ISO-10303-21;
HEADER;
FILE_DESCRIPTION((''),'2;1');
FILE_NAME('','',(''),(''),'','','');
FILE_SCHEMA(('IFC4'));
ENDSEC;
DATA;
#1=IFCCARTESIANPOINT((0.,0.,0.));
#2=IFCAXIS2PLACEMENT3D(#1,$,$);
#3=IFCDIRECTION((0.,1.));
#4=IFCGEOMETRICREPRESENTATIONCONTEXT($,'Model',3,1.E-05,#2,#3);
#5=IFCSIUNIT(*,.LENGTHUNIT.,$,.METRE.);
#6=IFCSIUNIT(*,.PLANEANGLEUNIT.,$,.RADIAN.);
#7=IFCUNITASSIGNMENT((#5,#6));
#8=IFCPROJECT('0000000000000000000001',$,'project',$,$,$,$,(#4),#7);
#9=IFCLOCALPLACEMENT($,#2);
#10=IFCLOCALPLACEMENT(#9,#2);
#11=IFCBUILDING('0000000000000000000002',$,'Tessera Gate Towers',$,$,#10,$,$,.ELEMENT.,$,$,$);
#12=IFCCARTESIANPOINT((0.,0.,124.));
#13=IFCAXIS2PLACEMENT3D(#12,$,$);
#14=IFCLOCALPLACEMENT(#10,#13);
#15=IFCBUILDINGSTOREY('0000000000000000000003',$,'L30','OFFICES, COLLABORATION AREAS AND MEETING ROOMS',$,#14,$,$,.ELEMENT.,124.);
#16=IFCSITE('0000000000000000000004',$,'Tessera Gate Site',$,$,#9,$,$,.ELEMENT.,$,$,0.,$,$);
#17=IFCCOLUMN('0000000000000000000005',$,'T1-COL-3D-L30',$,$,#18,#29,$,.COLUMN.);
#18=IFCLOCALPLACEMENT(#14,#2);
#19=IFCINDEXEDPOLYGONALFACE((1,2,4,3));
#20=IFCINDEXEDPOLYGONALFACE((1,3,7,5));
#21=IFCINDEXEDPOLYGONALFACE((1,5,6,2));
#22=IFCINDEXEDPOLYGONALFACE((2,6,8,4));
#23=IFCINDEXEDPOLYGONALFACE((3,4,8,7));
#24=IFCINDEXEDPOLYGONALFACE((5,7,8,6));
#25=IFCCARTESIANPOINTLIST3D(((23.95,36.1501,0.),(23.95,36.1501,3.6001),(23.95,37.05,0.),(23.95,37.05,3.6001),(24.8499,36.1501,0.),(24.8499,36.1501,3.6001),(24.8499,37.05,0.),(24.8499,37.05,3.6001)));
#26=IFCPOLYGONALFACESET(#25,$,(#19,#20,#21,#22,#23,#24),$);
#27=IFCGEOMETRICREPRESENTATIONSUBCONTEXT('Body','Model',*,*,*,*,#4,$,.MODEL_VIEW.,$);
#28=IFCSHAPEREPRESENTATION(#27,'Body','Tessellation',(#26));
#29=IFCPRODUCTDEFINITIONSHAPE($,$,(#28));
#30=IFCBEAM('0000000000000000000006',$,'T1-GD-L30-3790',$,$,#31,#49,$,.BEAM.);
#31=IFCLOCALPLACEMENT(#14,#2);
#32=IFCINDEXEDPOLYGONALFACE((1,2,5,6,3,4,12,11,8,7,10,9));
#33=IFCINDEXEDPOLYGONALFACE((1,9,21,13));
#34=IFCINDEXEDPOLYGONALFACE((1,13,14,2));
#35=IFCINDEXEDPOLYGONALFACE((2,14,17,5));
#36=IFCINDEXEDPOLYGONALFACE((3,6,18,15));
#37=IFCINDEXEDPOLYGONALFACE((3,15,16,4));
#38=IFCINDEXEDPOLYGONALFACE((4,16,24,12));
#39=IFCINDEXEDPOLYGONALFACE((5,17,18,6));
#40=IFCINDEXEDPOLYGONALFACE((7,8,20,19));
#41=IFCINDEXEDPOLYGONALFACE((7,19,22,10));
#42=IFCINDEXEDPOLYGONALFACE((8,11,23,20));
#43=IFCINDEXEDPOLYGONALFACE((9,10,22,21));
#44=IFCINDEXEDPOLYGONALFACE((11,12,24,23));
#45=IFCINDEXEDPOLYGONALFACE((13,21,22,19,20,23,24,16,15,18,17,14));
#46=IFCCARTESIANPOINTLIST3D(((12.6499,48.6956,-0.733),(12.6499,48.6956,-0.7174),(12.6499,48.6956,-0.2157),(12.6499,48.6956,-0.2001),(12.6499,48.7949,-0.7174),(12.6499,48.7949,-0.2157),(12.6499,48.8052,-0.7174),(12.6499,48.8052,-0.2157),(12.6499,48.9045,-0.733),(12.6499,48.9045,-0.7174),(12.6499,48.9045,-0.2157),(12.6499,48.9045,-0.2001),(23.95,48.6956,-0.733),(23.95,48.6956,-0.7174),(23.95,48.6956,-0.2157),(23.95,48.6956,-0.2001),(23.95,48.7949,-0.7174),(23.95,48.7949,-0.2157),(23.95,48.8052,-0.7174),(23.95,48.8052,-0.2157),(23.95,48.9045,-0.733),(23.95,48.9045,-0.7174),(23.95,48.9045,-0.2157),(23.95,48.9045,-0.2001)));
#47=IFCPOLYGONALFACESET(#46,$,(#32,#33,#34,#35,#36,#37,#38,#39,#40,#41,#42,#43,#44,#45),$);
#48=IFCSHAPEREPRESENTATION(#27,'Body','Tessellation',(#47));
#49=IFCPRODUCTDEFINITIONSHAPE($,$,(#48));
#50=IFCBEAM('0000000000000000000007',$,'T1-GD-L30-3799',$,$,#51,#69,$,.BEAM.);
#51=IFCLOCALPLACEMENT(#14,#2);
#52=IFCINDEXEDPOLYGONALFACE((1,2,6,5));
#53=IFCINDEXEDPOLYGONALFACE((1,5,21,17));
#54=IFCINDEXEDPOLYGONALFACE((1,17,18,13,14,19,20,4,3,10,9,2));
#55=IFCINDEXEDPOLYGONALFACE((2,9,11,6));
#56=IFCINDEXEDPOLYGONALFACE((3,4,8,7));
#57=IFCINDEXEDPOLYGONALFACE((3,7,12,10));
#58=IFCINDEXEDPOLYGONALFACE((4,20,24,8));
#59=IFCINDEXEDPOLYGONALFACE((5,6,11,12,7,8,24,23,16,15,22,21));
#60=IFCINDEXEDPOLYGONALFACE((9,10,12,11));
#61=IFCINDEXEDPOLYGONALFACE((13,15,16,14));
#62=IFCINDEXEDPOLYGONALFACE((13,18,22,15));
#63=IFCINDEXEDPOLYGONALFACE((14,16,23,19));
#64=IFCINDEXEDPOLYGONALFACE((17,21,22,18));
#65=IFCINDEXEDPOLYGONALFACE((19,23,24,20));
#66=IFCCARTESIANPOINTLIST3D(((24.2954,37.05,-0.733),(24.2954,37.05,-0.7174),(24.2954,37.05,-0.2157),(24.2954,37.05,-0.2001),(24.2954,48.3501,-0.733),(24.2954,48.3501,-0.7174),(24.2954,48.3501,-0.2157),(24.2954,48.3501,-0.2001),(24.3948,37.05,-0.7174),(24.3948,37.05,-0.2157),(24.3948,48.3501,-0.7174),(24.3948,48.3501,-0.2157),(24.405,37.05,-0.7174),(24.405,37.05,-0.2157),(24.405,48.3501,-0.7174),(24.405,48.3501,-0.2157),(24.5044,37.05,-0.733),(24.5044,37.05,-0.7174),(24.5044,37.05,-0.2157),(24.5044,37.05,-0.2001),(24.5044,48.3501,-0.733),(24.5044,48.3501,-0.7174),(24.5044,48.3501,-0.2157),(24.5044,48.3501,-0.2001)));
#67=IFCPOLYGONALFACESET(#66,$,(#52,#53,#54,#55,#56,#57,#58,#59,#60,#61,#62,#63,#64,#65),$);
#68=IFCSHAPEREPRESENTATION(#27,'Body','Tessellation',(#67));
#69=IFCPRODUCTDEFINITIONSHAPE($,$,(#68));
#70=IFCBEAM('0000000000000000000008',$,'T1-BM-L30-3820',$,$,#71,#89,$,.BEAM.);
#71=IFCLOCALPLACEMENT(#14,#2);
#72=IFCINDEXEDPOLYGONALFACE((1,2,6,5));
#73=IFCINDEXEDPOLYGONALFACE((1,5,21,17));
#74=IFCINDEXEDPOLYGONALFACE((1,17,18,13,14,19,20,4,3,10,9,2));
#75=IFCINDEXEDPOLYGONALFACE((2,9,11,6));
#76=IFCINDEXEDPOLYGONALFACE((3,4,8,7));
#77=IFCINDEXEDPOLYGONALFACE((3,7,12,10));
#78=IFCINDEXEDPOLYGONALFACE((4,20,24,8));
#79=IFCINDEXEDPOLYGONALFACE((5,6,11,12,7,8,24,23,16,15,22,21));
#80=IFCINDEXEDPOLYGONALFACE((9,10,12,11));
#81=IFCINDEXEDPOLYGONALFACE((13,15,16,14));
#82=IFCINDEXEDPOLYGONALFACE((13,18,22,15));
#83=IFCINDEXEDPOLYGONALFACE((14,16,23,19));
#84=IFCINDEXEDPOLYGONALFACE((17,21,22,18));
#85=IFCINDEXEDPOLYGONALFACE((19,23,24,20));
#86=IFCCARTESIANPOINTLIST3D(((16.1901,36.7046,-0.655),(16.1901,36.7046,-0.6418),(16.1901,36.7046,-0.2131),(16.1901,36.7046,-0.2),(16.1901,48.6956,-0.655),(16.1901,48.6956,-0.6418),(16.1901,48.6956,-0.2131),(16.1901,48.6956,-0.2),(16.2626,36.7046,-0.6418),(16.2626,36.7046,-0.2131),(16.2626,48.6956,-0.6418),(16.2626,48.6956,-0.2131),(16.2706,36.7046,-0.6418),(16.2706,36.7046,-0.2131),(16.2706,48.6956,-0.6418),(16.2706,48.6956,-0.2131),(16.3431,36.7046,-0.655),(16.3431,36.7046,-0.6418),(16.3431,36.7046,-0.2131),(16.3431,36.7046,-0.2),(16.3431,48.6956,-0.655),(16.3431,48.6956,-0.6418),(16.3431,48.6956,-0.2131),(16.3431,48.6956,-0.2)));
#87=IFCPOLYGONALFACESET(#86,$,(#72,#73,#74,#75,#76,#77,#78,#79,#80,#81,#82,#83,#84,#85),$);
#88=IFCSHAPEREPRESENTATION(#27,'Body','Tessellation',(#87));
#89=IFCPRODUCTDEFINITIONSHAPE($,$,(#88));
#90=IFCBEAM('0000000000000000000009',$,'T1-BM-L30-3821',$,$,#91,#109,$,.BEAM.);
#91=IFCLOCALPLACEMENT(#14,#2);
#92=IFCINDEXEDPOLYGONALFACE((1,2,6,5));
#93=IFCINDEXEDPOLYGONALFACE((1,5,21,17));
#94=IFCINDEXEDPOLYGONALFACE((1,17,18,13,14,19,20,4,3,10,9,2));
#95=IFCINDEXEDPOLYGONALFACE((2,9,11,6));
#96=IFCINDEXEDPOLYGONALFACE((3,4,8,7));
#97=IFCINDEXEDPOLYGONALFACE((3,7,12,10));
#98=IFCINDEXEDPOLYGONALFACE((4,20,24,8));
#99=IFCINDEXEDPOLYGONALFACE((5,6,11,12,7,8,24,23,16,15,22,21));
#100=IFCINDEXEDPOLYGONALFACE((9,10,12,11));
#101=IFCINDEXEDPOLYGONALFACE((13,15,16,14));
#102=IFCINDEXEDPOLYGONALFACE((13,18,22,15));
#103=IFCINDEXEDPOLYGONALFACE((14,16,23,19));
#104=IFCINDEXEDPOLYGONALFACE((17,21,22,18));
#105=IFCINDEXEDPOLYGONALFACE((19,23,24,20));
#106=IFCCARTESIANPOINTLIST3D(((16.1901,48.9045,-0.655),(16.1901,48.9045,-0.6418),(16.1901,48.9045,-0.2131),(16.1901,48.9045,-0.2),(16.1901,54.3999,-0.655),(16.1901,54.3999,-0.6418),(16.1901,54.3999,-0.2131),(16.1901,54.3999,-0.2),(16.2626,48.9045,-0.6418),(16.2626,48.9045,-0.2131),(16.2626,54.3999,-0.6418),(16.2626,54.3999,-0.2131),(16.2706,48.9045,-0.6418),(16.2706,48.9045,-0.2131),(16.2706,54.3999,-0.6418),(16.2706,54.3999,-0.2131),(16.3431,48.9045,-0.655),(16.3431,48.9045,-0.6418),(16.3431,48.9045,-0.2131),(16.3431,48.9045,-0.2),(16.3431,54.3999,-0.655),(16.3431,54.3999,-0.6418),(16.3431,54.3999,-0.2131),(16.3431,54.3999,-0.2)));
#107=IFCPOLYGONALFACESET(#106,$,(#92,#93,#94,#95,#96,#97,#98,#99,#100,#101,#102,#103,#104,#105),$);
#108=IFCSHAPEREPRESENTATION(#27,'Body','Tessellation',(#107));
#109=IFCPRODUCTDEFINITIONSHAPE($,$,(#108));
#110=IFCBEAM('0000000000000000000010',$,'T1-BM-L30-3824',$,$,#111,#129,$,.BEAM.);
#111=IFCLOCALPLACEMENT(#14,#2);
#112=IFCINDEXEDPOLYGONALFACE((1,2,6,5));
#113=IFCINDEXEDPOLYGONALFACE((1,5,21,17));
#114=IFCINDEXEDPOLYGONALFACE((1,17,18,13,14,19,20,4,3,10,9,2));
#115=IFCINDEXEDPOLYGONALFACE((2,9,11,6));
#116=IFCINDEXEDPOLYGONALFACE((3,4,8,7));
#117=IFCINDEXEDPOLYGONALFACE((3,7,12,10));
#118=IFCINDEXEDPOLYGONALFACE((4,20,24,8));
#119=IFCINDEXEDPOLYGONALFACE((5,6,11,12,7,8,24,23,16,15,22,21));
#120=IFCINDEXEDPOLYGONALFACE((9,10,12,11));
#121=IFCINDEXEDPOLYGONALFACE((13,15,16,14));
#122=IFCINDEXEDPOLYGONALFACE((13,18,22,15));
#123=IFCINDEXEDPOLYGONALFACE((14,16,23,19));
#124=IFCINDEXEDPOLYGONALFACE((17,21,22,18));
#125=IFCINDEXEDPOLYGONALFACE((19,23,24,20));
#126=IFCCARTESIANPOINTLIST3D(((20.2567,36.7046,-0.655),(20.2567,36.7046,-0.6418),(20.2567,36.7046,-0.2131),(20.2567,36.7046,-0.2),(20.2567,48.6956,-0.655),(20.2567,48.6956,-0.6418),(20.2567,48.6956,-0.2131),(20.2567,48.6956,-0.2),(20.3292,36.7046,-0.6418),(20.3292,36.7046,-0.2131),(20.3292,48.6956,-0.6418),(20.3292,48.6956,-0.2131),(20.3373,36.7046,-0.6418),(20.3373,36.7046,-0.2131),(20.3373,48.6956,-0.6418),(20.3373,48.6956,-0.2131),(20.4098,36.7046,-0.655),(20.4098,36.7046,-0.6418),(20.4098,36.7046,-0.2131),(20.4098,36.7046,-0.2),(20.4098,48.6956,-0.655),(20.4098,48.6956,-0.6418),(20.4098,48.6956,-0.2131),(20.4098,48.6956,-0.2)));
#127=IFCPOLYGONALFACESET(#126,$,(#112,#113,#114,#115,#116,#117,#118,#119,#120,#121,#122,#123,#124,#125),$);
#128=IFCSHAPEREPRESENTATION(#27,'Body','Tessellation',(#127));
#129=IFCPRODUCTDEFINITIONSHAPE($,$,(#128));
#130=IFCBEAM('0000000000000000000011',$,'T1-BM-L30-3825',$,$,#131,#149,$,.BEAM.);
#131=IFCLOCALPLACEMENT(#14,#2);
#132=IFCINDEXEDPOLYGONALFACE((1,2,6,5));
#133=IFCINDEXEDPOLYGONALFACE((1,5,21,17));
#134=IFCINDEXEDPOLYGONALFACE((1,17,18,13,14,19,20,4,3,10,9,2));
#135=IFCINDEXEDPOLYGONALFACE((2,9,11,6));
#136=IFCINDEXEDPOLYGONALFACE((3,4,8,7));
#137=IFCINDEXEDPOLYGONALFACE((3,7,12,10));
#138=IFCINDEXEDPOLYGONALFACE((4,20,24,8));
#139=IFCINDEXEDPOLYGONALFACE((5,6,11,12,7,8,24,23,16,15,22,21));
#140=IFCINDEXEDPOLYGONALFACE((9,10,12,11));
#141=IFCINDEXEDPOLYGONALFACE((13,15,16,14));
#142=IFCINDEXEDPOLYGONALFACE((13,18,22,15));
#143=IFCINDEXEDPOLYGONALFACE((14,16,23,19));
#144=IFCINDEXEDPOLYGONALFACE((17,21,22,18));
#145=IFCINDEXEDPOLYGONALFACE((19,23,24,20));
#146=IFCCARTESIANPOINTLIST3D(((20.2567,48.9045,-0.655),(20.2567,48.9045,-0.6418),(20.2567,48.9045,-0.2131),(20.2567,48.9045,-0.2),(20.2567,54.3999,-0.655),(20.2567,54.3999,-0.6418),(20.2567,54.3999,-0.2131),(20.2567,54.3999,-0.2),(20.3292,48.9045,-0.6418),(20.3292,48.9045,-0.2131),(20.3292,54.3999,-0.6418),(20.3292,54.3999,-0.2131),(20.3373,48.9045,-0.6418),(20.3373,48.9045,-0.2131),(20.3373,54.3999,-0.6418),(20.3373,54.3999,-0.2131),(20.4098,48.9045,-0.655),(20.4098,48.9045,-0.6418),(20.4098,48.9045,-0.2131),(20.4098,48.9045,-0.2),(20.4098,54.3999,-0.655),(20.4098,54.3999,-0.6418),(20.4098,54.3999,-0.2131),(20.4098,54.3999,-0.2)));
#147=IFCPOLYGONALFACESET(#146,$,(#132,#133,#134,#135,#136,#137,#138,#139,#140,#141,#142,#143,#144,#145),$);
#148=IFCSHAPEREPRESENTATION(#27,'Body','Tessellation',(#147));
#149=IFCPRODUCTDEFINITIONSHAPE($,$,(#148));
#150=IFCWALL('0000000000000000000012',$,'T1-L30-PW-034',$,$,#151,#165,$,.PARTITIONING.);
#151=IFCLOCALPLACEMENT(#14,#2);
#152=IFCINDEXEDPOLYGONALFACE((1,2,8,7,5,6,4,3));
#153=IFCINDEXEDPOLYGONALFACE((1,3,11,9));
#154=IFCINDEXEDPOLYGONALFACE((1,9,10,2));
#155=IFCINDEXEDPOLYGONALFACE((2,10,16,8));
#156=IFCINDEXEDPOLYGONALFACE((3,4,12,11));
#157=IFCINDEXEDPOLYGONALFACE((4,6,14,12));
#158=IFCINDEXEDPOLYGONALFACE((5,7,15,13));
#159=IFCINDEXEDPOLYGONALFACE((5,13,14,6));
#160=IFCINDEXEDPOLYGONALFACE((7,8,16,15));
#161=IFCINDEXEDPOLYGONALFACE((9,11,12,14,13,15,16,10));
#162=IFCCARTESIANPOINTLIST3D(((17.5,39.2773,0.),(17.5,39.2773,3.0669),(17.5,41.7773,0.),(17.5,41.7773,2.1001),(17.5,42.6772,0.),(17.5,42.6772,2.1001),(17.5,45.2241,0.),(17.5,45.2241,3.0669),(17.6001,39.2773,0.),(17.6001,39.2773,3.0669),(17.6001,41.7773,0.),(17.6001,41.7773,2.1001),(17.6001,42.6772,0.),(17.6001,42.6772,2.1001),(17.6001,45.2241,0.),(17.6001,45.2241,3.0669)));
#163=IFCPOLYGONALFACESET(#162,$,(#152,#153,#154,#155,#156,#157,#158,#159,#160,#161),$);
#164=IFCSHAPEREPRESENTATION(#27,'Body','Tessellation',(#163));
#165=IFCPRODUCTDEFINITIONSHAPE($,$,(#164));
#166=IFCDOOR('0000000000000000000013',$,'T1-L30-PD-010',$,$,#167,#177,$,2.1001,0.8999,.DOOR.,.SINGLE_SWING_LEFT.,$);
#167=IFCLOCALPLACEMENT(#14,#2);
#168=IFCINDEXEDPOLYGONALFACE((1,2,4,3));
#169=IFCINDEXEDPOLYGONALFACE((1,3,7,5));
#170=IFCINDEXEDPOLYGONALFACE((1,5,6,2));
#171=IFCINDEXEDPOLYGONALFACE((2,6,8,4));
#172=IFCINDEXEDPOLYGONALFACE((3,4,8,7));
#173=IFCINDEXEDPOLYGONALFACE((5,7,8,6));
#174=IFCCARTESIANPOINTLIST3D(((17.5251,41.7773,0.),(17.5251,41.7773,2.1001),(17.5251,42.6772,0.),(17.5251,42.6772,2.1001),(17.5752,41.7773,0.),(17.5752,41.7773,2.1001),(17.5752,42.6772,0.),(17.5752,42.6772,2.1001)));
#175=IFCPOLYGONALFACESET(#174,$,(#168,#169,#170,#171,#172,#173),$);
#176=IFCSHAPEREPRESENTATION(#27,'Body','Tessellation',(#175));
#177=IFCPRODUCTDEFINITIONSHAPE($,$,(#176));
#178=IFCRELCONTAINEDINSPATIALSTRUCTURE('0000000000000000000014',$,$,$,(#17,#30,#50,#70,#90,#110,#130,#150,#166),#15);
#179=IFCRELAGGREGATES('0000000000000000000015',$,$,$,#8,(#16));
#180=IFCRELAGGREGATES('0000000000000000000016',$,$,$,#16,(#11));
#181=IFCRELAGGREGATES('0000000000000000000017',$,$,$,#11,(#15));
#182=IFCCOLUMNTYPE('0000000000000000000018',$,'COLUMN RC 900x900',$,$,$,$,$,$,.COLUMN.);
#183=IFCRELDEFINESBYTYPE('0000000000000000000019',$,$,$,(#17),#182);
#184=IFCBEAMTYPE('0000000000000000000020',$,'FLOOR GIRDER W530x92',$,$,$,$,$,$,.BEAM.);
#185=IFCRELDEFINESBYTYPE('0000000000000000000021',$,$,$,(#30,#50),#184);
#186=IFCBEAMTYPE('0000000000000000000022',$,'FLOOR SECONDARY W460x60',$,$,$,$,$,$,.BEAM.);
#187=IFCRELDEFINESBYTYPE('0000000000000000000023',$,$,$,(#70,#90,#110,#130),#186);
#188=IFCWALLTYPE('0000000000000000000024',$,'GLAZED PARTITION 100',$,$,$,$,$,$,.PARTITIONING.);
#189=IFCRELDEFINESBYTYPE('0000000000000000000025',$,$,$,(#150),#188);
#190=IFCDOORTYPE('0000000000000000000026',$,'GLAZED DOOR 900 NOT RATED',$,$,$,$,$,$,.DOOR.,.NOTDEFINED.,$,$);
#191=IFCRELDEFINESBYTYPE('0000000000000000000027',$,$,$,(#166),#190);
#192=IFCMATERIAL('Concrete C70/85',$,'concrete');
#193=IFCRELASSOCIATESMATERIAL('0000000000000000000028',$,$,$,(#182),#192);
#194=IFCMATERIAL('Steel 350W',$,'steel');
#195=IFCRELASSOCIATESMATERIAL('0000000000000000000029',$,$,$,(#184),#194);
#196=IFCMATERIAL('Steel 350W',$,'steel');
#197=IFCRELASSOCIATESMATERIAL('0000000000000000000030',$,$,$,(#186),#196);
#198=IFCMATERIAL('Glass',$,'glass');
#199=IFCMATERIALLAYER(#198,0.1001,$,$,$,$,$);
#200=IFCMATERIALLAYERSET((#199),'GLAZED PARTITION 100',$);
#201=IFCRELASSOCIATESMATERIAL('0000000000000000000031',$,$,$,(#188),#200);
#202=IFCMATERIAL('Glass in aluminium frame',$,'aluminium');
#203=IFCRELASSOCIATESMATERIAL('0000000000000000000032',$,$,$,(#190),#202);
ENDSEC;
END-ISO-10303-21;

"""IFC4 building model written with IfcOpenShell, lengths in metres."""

from ifc_helpers import new_model, si_unit, direction, frame, frame_2d, origin, origin_2d, place, context, subcontext, project, spatial, rectangle, i_section, extrude, source, transform, mapped, material, layer, layer_set, material_profile, profile_set, type_object, element, fill, save


model = new_model("IFC4")

# Units and contexts
model_context = context("Model", 3, precision=1e-05, world=origin(), true_north=direction((0.0, 1.0)))
body_context = subcontext(model_context, "Body", "Model", "MODEL_VIEW")
ifc_project = project(units=[si_unit("LENGTHUNIT", "METRE"), si_unit("PLANEANGLEUNIT", "RADIAN")], contexts=[model_context])

# Site, building, storey
site_placement = place(None, origin())
site = spatial("IfcSite", under=ifc_project, at=site_placement, Name="Tessera Gate Site", CompositionType="ELEMENT", RefElevation=0.0)
building_placement = place(site_placement, origin())
building = spatial("IfcBuilding", under=site, at=building_placement, Name="Tessera Gate Towers", CompositionType="ELEMENT")
storey_placement = place(building_placement, frame((0.0, 0.0, 124.0)))
storey = spatial("IfcBuildingStorey", under=building, at=storey_placement, Name="L30", Description="OFFICES, COLLABORATION AREAS AND MEETING ROOMS", CompositionType="ELEMENT", Elevation=124.0)

# Column
ifc_material_1 = material(Name="Concrete C70/85", Category="concrete")
ifc_material_profile_1 = material_profile(ifc_material_1, rectangle(XDim=0.8999, YDim=0.8999, at=origin_2d()), Name="RC 900x900")
ifc_profile_set_1 = profile_set([ifc_material_profile_1], Name="Concrete C70/85")
column_type = type_object("IfcColumnType", Name="COLUMN RC 900x900", PredefinedType="COLUMN", material=ifc_profile_set_1)
column_placement = place(storey_placement, frame((24.3999, 36.6001, 0.0), z_axis=(0.0, 0.0, 1.0), x_axis=(1.0, 0.0, 0.0)))
element("IfcColumn", 1, at=column_placement, inside=storey, type_object=column_type, Name="T1-COL-3D-L30", PredefinedType="COLUMN", context=body_context, shape_type="SweptSolid", body=[
    extrude(rectangle(XDim=0.8999, YDim=0.8999, at=origin_2d()), origin(), (0.0, 0.0, 1.0), 3.6001),
])

# Beams
ifc_material_2 = material(Name="Steel 350W", Category="steel")
ifc_material_profile_2 = material_profile(ifc_material_2, i_section(OverallWidth=0.209, OverallDepth=0.533, WebThickness=0.0103, FlangeThickness=0.0156, at=origin_2d()), Name="W530x92")
ifc_profile_set_2 = profile_set([ifc_material_profile_2], Name="Steel 350W")
beam_type_1 = type_object("IfcBeamType", Name="FLOOR GIRDER W530x92", PredefinedType="BEAM", material=ifc_profile_set_2)
for number, where, z_axis, x_axis, name in (
    (2, (12.6499, 48.8, -0.4666), (1.0, 0.0, 0.0), (0.0, 1.0, 0.0), "T1-GD-L30-3790"),
    (3, (24.3999, 37.05, -0.4666), (0.0, 1.0, 0.0), (-1.0, 0.0, 0.0), "T1-GD-L30-3799"),
):
    element("IfcBeam", number, at=place(storey_placement, frame(where, z_axis=z_axis, x_axis=x_axis)), inside=storey, type_object=beam_type_1, Name=name, PredefinedType="BEAM", context=body_context, shape_type="SweptSolid", body=[
        extrude(i_section(OverallWidth=0.209, OverallDepth=0.533, WebThickness=0.0103, FlangeThickness=0.0156, at=origin_2d()), origin(), (0.0, 0.0, 1.0), 11.3),
    ])
ifc_material_3 = material(Name="Steel 350W", Category="steel")
ifc_material_profile_3 = material_profile(ifc_material_3, i_section(OverallWidth=0.1531, OverallDepth=0.4551, WebThickness=0.0081, FlangeThickness=0.0132, at=origin_2d()), Name="W460x60")
ifc_profile_set_3 = profile_set([ifc_material_profile_3], Name="Steel 350W")
beam_type_2 = type_object("IfcBeamType", Name="FLOOR SECONDARY W460x60", PredefinedType="BEAM", material=ifc_profile_set_3)
beam_1_placement = place(storey_placement, frame((16.2666, 36.7046, -0.4275), z_axis=(0.0, 1.0, 0.0), x_axis=(-1.0, 0.0, 0.0)))
element("IfcBeam", 4, at=beam_1_placement, inside=storey, type_object=beam_type_2, Name="T1-BM-L30-3820", PredefinedType="BEAM", context=body_context, shape_type="SweptSolid", body=[
    extrude(i_section(OverallWidth=0.1531, OverallDepth=0.4551, WebThickness=0.0081, FlangeThickness=0.0132, at=origin_2d()), origin(), (0.0, 0.0, 1.0), 11.991),
])
beam_2_placement = place(storey_placement, frame((16.2666, 48.9045, -0.4275), z_axis=(0.0, 1.0, 0.0), x_axis=(-1.0, 0.0, 0.0)))
element("IfcBeam", 5, at=beam_2_placement, inside=storey, type_object=beam_type_2, Name="T1-BM-L30-3821", PredefinedType="BEAM", context=body_context, shape_type="SweptSolid", body=[
    extrude(i_section(OverallWidth=0.1531, OverallDepth=0.4551, WebThickness=0.0081, FlangeThickness=0.0132, at=origin_2d()), origin(), (0.0, 0.0, 1.0), 5.4954),
])
beam_3_placement = place(storey_placement, frame((20.3333, 36.7046, -0.4275), z_axis=(0.0, 1.0, 0.0), x_axis=(-1.0, 0.0, 0.0)))
element("IfcBeam", 6, at=beam_3_placement, inside=storey, type_object=beam_type_2, Name="T1-BM-L30-3824", PredefinedType="BEAM", context=body_context, shape_type="SweptSolid", body=[
    extrude(i_section(OverallWidth=0.1531, OverallDepth=0.4551, WebThickness=0.0081, FlangeThickness=0.0132, at=origin_2d()), origin(), (0.0, 0.0, 1.0), 11.991),
])
beam_4_placement = place(storey_placement, frame((20.3333, 48.9045, -0.4275), z_axis=(0.0, 1.0, 0.0), x_axis=(-1.0, 0.0, 0.0)))
element("IfcBeam", 7, at=beam_4_placement, inside=storey, type_object=beam_type_2, Name="T1-BM-L30-3825", PredefinedType="BEAM", context=body_context, shape_type="SweptSolid", body=[
    extrude(i_section(OverallWidth=0.1531, OverallDepth=0.4551, WebThickness=0.0081, FlangeThickness=0.0132, at=origin_2d()), origin(), (0.0, 0.0, 1.0), 5.4954),
])

# Wall, opening, door
ifc_material_4 = material(Name="Glass", Category="glass")
ifc_layer_1 = layer(ifc_material_4, 0.1001)
ifc_layer_set_1 = layer_set([ifc_layer_1], Name="GLAZED PARTITION 100")
wall_type_1 = type_object("IfcWallType", Name="GLAZED PARTITION 100", PredefinedType="PARTITIONING", material=ifc_layer_set_1)
wall_1_placement = place(storey_placement, frame((17.55, 39.2773, 0.0), z_axis=(0.0, 0.0, 1.0), x_axis=(0.0, 1.0, 0.0)))
wall_1 = element("IfcWall", 8, at=wall_1_placement, inside=storey, type_object=wall_type_1, Name="T1-L30-PW-034", PredefinedType="PARTITIONING", context=body_context, shape_type="SweptSolid", body=[
    extrude(rectangle(XDim=5.9468, YDim=0.1001, at=frame_2d((2.9734, 0.0))), origin(), (0.0, 0.0, 1.0), 3.0669),
])
shared_shape_1 = source(origin(), body_context, "Body", "SweptSolid", [
    extrude(rectangle(XDim=0.8999, YDim=2.1001, at=frame_2d((0.45, 1.05))), frame((0.0, 0.0601, 0.0), z_axis=(0.0, -1.0, 0.0), x_axis=(1.0, 0.0, 0.0)), (0.0, 0.0, 1.0), 0.1201),
])
opening_1_placement = place(wall_1_placement, frame((2.5, 0.0, 0.0)))
opening_1 = element("IfcOpeningElement", 9, at=opening_1_placement, cuts=wall_1, PredefinedType="OPENING", context=body_context, shape_type="MappedRepresentation", body=[
    mapped(shared_shape_1, transform((0.0, 0.0, 0.0), scale=1.0)),
])
ifc_material_5 = material(Name="Glass in aluminium frame", Category="aluminium")
door_type_1 = type_object("IfcDoorType", Name="GLAZED DOOR 900 NOT RATED", OperationType="NOTDEFINED", PredefinedType="DOOR", material=ifc_material_5)
shared_shape_2 = source(origin(), body_context, "Body", "SweptSolid", [
    extrude(rectangle(XDim=0.8999, YDim=2.1001, at=frame_2d((0.45, 1.05))), frame((0.0, 0.0249, 0.0), z_axis=(0.0, -1.0, 0.0), x_axis=(1.0, 0.0, 0.0)), (0.0, 0.0, 1.0), 0.05),
])
door_1_placement = place(opening_1_placement, origin())
door_1 = element("IfcDoor", 10, at=door_1_placement, inside=storey, type_object=door_type_1, Name="T1-L30-PD-010", OperationType="SINGLE_SWING_LEFT", OverallHeight=2.1001, OverallWidth=0.8999, PredefinedType="DOOR", context=body_context, shape_type="MappedRepresentation", body=[
    mapped(shared_shape_2, transform((0.0, 0.0, 0.0), scale=1.0)),
])
fill(opening_1, door_1)

save(model, "model.ifc")
